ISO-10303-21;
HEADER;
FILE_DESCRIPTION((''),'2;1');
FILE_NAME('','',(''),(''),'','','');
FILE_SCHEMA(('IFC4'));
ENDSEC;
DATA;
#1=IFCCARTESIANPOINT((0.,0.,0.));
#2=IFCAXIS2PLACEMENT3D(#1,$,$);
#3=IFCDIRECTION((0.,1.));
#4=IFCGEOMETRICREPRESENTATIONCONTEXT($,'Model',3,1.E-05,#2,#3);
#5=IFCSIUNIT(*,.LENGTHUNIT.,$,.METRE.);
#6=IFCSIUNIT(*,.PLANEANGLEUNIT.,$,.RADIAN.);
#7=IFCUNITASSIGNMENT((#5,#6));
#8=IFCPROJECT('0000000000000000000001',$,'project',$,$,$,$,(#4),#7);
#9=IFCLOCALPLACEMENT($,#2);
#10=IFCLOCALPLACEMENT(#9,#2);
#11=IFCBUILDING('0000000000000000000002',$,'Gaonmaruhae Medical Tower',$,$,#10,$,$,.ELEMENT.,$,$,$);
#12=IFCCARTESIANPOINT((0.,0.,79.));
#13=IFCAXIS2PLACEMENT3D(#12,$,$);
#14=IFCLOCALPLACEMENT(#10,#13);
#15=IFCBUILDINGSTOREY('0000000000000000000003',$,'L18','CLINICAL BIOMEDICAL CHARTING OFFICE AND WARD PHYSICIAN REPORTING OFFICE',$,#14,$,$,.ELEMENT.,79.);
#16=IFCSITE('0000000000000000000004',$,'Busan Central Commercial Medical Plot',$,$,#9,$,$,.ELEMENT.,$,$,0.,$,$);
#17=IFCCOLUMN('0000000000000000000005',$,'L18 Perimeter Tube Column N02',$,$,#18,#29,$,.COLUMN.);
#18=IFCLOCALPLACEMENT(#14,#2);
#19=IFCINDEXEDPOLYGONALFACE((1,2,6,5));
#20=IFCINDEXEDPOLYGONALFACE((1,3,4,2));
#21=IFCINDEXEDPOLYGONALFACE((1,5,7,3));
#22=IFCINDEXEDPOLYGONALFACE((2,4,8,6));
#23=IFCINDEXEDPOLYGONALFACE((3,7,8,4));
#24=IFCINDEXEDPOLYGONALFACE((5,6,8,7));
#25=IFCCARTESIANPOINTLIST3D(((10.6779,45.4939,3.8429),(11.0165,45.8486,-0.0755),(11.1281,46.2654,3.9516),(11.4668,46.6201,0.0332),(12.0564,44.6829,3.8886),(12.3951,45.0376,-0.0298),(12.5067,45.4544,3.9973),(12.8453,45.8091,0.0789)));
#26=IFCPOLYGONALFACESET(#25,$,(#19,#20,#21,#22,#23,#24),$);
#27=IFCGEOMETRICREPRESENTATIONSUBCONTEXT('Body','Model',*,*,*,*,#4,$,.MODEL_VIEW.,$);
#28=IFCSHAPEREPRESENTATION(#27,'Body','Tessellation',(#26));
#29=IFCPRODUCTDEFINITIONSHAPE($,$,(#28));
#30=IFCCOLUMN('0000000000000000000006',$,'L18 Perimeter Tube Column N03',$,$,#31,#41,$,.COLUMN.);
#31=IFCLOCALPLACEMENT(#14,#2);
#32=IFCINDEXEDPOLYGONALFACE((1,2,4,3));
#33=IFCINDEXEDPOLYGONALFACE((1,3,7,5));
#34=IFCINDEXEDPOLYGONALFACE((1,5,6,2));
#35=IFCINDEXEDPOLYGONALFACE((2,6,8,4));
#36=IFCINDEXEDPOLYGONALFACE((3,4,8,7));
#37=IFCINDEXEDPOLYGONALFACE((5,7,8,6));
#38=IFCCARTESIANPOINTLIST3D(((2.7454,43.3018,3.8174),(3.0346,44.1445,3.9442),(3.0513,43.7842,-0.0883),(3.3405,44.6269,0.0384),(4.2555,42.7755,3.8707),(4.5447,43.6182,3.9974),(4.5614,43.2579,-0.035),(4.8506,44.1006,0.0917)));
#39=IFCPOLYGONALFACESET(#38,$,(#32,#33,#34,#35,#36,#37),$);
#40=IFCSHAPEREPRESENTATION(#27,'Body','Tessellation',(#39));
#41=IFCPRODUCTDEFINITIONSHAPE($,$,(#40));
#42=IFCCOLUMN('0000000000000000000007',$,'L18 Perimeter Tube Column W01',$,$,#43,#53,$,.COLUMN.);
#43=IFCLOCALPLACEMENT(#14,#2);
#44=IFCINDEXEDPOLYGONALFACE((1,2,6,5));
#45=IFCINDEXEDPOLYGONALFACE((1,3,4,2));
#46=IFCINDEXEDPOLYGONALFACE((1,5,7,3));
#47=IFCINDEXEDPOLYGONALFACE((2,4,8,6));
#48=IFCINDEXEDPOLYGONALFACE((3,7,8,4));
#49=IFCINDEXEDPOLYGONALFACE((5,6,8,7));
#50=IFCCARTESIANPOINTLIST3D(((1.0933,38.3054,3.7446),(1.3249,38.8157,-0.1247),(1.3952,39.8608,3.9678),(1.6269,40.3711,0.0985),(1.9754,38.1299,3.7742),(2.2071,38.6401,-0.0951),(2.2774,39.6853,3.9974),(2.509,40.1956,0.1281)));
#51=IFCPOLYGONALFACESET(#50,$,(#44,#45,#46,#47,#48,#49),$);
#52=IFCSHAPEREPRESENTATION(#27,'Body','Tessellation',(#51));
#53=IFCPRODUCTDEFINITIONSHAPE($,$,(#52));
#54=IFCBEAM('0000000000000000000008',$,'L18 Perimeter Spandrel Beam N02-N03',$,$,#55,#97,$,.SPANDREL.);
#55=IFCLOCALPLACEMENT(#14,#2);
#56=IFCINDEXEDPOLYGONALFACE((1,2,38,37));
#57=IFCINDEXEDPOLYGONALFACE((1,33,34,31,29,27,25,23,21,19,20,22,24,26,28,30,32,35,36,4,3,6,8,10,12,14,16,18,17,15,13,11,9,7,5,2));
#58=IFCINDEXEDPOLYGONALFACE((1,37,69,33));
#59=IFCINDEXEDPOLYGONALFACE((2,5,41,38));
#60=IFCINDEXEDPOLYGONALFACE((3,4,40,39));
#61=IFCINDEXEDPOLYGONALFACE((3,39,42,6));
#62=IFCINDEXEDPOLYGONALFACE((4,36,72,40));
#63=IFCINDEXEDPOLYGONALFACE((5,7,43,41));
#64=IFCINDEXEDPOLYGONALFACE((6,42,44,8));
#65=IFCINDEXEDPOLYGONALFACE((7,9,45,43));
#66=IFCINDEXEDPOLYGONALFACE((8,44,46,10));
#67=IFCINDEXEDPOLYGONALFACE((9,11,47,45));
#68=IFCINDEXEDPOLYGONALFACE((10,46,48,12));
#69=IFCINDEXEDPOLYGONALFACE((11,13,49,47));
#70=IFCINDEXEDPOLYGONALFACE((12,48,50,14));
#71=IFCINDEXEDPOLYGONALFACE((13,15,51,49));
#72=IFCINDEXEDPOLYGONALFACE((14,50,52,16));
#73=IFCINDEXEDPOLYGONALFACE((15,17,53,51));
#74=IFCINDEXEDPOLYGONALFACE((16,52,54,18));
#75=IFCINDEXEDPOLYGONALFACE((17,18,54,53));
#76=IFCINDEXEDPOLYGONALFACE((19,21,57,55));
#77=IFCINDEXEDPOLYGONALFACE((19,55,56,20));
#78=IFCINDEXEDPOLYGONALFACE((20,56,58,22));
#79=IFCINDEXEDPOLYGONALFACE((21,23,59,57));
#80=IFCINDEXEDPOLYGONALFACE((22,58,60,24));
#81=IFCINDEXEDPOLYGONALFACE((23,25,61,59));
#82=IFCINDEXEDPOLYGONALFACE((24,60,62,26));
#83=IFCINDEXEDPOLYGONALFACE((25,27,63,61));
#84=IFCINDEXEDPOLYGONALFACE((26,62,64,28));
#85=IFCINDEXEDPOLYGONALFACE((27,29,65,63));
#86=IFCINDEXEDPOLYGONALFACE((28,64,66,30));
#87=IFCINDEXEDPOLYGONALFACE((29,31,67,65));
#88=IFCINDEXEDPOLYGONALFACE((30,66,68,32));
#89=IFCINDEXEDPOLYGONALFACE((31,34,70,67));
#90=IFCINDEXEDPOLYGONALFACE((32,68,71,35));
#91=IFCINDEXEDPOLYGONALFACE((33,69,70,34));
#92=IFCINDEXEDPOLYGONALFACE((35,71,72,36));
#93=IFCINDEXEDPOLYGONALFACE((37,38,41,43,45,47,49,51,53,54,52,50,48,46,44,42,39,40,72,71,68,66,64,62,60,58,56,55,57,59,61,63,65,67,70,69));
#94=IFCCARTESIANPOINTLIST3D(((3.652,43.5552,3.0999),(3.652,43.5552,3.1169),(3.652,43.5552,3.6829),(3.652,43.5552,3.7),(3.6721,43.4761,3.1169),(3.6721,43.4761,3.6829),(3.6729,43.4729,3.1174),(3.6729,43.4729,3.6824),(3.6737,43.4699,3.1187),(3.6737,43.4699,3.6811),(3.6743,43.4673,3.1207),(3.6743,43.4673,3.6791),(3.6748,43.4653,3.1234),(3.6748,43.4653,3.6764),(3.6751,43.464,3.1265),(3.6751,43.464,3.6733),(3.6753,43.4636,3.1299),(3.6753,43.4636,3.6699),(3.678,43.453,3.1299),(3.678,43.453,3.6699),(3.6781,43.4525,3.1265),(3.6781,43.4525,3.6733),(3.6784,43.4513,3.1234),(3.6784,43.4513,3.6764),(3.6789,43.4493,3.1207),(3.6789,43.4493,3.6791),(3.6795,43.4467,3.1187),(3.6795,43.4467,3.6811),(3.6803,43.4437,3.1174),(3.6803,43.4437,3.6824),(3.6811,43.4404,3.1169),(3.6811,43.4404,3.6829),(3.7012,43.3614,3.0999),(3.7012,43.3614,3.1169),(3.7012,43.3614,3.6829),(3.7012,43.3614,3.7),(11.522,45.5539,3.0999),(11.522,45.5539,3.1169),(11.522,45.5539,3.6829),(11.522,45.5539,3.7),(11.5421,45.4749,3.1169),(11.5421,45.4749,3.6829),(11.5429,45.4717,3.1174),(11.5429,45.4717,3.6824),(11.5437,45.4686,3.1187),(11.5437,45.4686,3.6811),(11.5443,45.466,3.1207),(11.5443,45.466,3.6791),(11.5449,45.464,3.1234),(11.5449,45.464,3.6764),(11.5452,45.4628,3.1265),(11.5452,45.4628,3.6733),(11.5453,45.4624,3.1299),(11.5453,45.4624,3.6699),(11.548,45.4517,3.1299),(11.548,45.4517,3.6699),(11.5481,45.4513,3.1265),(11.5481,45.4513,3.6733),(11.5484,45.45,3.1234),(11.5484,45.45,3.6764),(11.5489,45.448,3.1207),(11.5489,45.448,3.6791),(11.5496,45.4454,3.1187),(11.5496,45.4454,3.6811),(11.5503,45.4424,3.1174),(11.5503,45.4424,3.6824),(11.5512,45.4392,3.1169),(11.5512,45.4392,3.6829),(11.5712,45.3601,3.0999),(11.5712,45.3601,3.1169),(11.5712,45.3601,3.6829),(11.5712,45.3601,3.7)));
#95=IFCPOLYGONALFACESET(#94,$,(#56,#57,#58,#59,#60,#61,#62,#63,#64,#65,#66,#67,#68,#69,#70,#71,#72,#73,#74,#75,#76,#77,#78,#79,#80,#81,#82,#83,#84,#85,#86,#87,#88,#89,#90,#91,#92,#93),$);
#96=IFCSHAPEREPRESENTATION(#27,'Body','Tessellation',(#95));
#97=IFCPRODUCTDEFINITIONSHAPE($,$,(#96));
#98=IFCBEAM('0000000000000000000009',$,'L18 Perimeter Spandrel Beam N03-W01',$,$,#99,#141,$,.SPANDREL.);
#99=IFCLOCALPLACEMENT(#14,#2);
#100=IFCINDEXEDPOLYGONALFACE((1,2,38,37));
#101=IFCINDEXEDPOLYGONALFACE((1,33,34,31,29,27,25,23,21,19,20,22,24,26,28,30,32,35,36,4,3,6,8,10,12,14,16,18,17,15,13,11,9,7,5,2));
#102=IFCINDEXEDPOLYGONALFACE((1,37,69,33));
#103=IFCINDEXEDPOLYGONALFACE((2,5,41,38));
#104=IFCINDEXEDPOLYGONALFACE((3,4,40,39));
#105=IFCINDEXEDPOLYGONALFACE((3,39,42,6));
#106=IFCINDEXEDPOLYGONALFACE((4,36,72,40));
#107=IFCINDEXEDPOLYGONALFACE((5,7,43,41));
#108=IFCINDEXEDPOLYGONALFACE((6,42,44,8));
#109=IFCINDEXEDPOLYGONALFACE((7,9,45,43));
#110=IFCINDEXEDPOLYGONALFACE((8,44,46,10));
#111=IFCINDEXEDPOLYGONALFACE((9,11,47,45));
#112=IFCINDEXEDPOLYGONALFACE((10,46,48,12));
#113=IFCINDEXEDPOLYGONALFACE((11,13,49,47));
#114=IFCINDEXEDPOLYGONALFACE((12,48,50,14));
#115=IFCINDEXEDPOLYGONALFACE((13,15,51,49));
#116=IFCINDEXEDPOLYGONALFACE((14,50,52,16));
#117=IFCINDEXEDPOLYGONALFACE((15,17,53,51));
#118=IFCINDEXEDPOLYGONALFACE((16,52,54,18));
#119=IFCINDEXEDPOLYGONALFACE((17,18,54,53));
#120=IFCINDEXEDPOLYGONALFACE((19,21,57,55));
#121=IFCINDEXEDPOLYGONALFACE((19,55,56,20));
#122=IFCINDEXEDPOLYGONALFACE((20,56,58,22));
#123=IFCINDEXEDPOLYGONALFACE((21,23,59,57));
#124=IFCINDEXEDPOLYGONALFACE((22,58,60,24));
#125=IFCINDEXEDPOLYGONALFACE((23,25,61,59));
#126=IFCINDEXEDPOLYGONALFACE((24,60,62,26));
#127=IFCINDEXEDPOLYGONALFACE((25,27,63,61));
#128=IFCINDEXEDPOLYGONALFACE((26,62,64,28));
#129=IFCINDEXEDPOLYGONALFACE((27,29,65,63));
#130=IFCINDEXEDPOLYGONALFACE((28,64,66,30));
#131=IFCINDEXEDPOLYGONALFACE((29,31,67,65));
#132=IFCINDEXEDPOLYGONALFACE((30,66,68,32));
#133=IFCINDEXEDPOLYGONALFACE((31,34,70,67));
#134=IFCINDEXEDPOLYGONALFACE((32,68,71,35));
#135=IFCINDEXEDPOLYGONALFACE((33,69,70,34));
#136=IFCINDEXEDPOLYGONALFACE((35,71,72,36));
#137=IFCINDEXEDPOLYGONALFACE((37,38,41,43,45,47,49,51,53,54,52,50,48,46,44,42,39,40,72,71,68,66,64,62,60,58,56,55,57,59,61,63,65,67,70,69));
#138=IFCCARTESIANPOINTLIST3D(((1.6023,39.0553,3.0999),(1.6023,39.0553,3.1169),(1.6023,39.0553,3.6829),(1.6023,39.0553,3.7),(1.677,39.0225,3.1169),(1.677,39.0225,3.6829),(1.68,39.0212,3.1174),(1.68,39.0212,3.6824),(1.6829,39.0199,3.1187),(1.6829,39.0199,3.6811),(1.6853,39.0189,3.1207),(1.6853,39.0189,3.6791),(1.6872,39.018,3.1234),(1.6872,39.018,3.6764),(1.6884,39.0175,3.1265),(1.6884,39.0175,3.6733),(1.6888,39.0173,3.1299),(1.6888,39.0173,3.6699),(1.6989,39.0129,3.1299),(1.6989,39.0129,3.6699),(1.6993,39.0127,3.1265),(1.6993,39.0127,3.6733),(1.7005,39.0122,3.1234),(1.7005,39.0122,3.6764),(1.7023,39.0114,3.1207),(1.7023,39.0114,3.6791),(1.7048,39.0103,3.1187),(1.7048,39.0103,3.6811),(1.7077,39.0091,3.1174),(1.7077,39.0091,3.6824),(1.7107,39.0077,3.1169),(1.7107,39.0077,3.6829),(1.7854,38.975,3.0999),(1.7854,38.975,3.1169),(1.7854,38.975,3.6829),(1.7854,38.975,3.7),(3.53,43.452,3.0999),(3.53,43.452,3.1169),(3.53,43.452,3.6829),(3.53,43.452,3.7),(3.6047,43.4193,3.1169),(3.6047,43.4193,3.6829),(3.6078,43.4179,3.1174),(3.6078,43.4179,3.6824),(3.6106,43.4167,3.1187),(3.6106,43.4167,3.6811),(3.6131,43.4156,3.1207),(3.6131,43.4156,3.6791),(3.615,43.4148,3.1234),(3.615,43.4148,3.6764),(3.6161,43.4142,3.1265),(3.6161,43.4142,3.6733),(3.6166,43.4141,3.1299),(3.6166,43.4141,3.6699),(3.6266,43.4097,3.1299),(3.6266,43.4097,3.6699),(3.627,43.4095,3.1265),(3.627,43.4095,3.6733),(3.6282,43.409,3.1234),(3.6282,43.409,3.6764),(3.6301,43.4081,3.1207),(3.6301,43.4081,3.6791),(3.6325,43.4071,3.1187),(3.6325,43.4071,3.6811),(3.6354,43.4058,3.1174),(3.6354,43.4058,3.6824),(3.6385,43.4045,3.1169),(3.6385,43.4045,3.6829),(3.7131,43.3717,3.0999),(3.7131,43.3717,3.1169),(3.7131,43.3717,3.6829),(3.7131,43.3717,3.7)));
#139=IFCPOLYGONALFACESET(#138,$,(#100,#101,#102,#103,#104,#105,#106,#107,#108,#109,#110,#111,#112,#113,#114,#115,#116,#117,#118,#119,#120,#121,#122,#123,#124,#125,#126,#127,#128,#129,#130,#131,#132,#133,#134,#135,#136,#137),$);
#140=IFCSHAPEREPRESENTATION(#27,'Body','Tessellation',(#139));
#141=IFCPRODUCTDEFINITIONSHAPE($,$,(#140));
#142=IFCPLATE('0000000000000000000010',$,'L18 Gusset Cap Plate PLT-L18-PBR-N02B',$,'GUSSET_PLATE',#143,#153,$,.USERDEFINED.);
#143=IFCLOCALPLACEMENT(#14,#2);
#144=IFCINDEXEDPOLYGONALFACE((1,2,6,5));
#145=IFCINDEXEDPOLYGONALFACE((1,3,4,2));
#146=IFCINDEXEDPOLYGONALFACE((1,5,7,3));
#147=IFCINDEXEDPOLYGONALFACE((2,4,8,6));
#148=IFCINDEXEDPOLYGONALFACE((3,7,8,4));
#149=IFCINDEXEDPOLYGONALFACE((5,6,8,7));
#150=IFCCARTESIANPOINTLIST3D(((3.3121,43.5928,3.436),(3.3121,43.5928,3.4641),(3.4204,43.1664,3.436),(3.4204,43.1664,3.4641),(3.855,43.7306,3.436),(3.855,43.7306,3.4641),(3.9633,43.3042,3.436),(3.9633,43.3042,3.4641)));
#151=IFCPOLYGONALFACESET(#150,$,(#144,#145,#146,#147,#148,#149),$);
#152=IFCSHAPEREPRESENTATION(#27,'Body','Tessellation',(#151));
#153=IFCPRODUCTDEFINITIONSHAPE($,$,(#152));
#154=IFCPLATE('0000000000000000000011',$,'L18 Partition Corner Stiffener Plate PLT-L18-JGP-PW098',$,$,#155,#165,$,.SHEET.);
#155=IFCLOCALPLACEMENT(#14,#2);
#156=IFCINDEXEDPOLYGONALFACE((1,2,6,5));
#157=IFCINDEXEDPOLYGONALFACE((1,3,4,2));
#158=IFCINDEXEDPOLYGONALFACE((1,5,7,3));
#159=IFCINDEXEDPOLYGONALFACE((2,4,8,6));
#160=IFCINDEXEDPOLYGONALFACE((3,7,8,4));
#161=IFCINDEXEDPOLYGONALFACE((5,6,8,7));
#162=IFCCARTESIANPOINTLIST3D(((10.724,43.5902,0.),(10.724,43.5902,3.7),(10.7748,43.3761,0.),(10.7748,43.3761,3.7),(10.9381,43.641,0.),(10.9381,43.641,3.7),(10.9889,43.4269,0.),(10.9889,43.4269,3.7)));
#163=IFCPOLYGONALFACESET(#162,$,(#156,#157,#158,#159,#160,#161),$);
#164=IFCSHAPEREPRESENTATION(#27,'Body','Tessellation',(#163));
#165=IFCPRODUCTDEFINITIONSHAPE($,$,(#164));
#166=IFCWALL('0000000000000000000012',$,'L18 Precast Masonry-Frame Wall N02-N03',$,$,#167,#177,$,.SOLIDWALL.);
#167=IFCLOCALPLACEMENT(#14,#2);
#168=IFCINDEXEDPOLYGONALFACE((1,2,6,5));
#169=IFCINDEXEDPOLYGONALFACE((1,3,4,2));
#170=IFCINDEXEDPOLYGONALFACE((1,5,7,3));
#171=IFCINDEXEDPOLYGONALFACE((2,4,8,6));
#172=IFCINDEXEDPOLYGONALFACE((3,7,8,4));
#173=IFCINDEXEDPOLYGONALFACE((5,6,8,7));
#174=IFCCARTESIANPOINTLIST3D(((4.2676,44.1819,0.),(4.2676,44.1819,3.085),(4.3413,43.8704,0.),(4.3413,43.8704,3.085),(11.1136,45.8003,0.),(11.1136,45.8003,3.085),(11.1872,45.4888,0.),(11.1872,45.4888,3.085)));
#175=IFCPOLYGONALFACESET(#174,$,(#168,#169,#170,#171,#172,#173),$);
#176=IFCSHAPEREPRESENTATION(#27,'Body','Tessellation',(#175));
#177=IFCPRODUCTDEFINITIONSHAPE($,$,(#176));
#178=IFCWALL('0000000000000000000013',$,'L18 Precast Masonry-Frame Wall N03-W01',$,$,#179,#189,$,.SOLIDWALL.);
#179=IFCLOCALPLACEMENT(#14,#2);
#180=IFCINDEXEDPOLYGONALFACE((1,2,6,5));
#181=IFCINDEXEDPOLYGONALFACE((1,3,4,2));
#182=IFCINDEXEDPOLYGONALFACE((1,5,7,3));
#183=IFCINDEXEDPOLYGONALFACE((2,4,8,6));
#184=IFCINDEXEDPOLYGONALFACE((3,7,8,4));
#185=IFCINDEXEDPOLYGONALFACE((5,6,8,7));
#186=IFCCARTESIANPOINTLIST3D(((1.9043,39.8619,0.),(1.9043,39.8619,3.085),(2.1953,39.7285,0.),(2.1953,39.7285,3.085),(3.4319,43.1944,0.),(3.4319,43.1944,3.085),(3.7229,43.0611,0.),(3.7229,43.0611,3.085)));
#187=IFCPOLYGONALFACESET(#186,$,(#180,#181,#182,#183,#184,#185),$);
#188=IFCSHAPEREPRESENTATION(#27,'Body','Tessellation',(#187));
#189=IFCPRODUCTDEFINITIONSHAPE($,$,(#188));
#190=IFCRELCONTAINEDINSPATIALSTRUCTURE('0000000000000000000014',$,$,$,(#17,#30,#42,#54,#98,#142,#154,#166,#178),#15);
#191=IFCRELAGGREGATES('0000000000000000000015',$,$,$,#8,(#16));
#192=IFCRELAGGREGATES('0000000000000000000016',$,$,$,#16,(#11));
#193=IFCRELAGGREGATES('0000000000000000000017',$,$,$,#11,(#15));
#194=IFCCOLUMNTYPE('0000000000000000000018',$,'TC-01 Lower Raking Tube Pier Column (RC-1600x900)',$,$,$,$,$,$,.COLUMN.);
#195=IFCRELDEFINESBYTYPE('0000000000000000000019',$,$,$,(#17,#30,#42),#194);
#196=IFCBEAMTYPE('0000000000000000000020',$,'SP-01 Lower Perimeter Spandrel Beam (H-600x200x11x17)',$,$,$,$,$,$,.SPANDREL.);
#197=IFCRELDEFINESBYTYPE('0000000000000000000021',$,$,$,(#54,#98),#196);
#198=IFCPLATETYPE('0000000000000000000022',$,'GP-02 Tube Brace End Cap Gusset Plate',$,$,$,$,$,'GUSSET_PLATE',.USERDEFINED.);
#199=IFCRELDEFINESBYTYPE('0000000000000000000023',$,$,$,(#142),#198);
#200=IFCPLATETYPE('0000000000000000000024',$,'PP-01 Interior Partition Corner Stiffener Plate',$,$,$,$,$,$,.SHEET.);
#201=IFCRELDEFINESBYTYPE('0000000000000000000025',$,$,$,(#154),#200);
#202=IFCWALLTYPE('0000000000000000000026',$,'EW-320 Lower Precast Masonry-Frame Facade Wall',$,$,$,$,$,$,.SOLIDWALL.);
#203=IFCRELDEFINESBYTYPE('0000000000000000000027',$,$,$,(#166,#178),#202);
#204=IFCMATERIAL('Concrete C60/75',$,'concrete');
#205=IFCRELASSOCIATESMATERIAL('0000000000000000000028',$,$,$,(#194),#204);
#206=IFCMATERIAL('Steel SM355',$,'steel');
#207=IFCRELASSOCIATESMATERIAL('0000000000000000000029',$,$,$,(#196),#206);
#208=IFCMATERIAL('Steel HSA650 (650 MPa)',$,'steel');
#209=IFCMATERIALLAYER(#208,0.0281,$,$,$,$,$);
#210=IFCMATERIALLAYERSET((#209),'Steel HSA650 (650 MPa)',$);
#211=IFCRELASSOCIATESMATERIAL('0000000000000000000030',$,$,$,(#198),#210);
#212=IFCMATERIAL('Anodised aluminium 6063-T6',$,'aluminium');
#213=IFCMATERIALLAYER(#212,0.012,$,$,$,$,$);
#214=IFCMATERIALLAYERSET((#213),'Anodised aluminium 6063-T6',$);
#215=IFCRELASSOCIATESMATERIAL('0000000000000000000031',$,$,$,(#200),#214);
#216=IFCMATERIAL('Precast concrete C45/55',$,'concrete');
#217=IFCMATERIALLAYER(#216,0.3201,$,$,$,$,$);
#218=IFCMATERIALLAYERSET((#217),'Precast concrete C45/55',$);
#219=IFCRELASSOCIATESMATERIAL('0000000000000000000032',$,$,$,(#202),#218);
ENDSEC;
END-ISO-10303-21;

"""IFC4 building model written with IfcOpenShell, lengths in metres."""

from ifc_helpers import new_model, si_unit, direction, frame, frame_2d, origin, origin_2d, place, context, subcontext, project, spatial, rectangle, i_section, extrude, material, layer, layer_set, material_profile, profile_set, type_object, element, save


model = new_model("IFC4")

# Units and contexts
model_context = context("Model", 3, precision=1e-05, world=origin(), true_north=direction((0.0, 1.0)))
body_context = subcontext(model_context, "Body", "Model", "MODEL_VIEW")
ifc_project = project(units=[si_unit("LENGTHUNIT", "METRE"), si_unit("PLANEANGLEUNIT", "RADIAN")], contexts=[model_context])

# Site, building, storey
site_placement = place(None, origin())
site = spatial("IfcSite", under=ifc_project, at=site_placement, Name="Busan Central Commercial Medical Plot", CompositionType="ELEMENT", RefElevation=0.0)
building_placement = place(site_placement, origin())
building = spatial("IfcBuilding", under=site, at=building_placement, Name="Gaonmaruhae Medical Tower", CompositionType="ELEMENT")
storey_placement = place(building_placement, frame((0.0, 0.0, 79.0)))
storey = spatial("IfcBuildingStorey", under=building, at=storey_placement, Name="L18", Description="CLINICAL BIOMEDICAL CHARTING OFFICE AND WARD PHYSICIAN REPORTING OFFICE", CompositionType="ELEMENT", Elevation=79.0)

# Columns
ifc_material_1 = material(Name="Concrete C60/75", Category="concrete")
ifc_material_profile_1 = material_profile(ifc_material_1, rectangle(XDim=1.6001, YDim=0.8999, at=origin_2d()), Name="RC-1600x900")
ifc_profile_set_1 = profile_set([ifc_material_profile_1], Name="Concrete C60/75")
column_type = type_object("IfcColumnType", Name="TC-01 Lower Raking Tube Pier Column (RC-1600x900)", PredefinedType="COLUMN", material=ifc_profile_set_1)
column_1_placement = place(storey_placement, frame((11.9309, 45.8289, 0.0017), z_axis=(-0.085748, -0.089829, 0.992259), x_axis=(0.86156, -0.506851, 0.028569)))
element("IfcColumn", 1, at=column_1_placement, inside=storey, type_object=column_type, Name="L18 Perimeter Tube Column N02", PredefinedType="COLUMN", context=body_context, shape_type="SweptSolid", body=[
    extrude(rectangle(XDim=1.6001, YDim=0.8999, at=origin_2d()), origin(), (0.0, 0.0, 1.0), 3.949),
])
column_2_placement = place(storey_placement, frame((3.9509, 43.9424, 0.0017), z_axis=(-0.077498, -0.122215, 0.989473), x_axis=(0.943771, -0.328919, 0.033292)))
element("IfcColumn", 2, at=column_2_placement, inside=storey, type_object=column_type, Name="L18 Perimeter Tube Column N03", PredefinedType="COLUMN", context=body_context, shape_type="SweptSolid", body=[
    extrude(rectangle(XDim=1.6001, YDim=0.8999, at=origin_2d()), origin(), (0.0, 0.0, 1.0), 3.9473),
])
column_3_placement = place(storey_placement, frame((1.917, 39.5056, 0.0017), z_axis=(-0.059259, -0.130508, 0.989675), x_axis=(0.188731, 0.972072, 0.139487)))
element("IfcColumn", 3, at=column_3_placement, inside=storey, type_object=column_type, Name="L18 Perimeter Tube Column W01", PredefinedType="COLUMN", context=body_context, shape_type="SweptSolid", body=[
    extrude(rectangle(XDim=1.6001, YDim=0.8999, at=origin_2d()), origin(), (0.0, 0.0, 1.0), 3.9097),
])

# Beams
ifc_material_2 = material(Name="Steel SM355", Category="steel")
ifc_material_profile_2 = material_profile(ifc_material_2, i_section(OverallWidth=0.2, OverallDepth=0.6001, WebThickness=0.011, FlangeThickness=0.0171, FilletRadius=0.0129, at=origin_2d()), Name="H-600x200x11x17")
ifc_profile_set_2 = profile_set([ifc_material_profile_2], Name="Steel SM355")
beam_type = type_object("IfcBeamType", Name="SP-01 Lower Perimeter Spandrel Beam (H-600x200x11x17)", PredefinedType="SPANDREL", material=ifc_profile_set_2)
beam_1_placement = place(storey_placement, frame((11.5466, 45.457, 3.3999), z_axis=(-0.96923, -0.246156, 0.0), x_axis=(0.246156, -0.96923, 0.0)))
element("IfcBeam", 4, at=beam_1_placement, inside=storey, type_object=beam_type, Name="L18 Perimeter Spandrel Beam N02-N03", PredefinedType="SPANDREL", context=body_context, shape_type="SweptSolid", body=[
    extrude(i_section(OverallWidth=0.2, OverallDepth=0.6001, WebThickness=0.011, FlangeThickness=0.0171, FilletRadius=0.0129, at=origin_2d()), origin(), (0.0, 0.0, 1.0), 8.1199),
])
beam_2_placement = place(storey_placement, frame((3.6216, 43.4119, 3.3999), z_axis=(-0.401547, -0.915838, 0.0), x_axis=(0.915838, -0.401547, 0.0)))
element("IfcBeam", 5, at=beam_2_placement, inside=storey, type_object=beam_type, Name="L18 Perimeter Spandrel Beam N03-W01", PredefinedType="SPANDREL", context=body_context, shape_type="SweptSolid", body=[
    extrude(i_section(OverallWidth=0.2, OverallDepth=0.6001, WebThickness=0.011, FlangeThickness=0.0171, FilletRadius=0.0129, at=origin_2d()), origin(), (0.0, 0.0, 1.0), 4.8008),
])

# Plates
ifc_material_3 = material(Name="Steel HSA650 (650 MPa)", Category="steel")
ifc_layer_1 = layer(ifc_material_3, 0.0281)
ifc_layer_set_1 = layer_set([ifc_layer_1], Name="Steel HSA650 (650 MPa)")
plate_type_1 = type_object("IfcPlateType", Name="GP-02 Tube Brace End Cap Gusset Plate", ElementType="GUSSET_PLATE", PredefinedType="USERDEFINED", material=ifc_layer_set_1)
plate_1_placement = place(storey_placement, frame((3.6377, 43.4485, 3.436), z_axis=(0.0, 0.0, 1.0), x_axis=(0.969231, 0.246153, 0.0)))
element("IfcPlate", 6, at=plate_1_placement, inside=storey, type_object=plate_type_1, Name="L18 Gusset Cap Plate PLT-L18-PBR-N02B", ObjectType="GUSSET_PLATE", PredefinedType="USERDEFINED", context=body_context, shape_type="SweptSolid", body=[
    extrude(rectangle(XDim=0.5601, YDim=0.4399, at=origin_2d()), origin(), (0.0, 0.0, 1.0), 0.0281),
])
ifc_material_4 = material(Name="Anodised aluminium 6063-T6", Category="aluminium")
ifc_layer_2 = layer(ifc_material_4, 0.012)
ifc_layer_set_2 = layer_set([ifc_layer_2], Name="Anodised aluminium 6063-T6")
plate_type_2 = type_object("IfcPlateType", Name="PP-01 Interior Partition Corner Stiffener Plate", PredefinedType="SHEET", material=ifc_layer_set_2)
plate_2_placement = place(storey_placement, frame((10.8564, 43.5085, 0.0), z_axis=(0.0, 0.0, 1.0), x_axis=(0.230984, -0.972958, 0.0)))
element("IfcPlate", 7, at=plate_2_placement, inside=storey, type_object=plate_type_2, Name="L18 Partition Corner Stiffener Plate PLT-L18-JGP-PW098", PredefinedType="SHEET", context=body_context, shape_type="SweptSolid", body=[
    extrude(rectangle(XDim=0.22, YDim=0.22, at=origin_2d()), origin(), (0.0, 0.0, 1.0), 3.7),
])

# Walls
ifc_material_5 = material(Name="Precast concrete C45/55", Category="concrete")
ifc_layer_3 = layer(ifc_material_5, 0.3201)
ifc_layer_set_3 = layer_set([ifc_layer_3], Name="Precast concrete C45/55")
wall_type_1 = type_object("IfcWallType", Name="EW-320 Lower Precast Masonry-Frame Facade Wall", PredefinedType="SOLIDWALL", material=ifc_layer_set_3)
wall_1_placement = place(storey_placement, frame((4.3044, 44.0261, 0.0), z_axis=(0.0, 0.0, 1.0), x_axis=(0.973176, 0.230063, 0.0)))
element("IfcWall", 8, at=wall_1_placement, inside=storey, type_object=wall_type_1, Name="L18 Precast Masonry-Frame Wall N02-N03", PredefinedType="SOLIDWALL", context=body_context, shape_type="SweptSolid", body=[
    extrude(rectangle(XDim=7.0347, YDim=0.3201, at=frame_2d((3.5173, 0.0))), origin(), (0.0, 0.0, 1.0), 3.085),
])
wall_2_placement = place(storey_placement, frame((2.0498, 39.7952, 0.0), z_axis=(0.0, 0.0, 1.0), x_axis=(0.416696, 0.909046, 0.0)))
element("IfcWall", 9, at=wall_2_placement, inside=storey, type_object=wall_type_1, Name="L18 Precast Masonry-Frame Wall N03-W01", PredefinedType="SOLIDWALL", context=body_context, shape_type="SweptSolid", body=[
    extrude(rectangle(XDim=3.666, YDim=0.3201, at=frame_2d((1.833, 0.0))), origin(), (0.0, 0.0, 1.0), 3.085),
])

save(model, "model.ifc")
